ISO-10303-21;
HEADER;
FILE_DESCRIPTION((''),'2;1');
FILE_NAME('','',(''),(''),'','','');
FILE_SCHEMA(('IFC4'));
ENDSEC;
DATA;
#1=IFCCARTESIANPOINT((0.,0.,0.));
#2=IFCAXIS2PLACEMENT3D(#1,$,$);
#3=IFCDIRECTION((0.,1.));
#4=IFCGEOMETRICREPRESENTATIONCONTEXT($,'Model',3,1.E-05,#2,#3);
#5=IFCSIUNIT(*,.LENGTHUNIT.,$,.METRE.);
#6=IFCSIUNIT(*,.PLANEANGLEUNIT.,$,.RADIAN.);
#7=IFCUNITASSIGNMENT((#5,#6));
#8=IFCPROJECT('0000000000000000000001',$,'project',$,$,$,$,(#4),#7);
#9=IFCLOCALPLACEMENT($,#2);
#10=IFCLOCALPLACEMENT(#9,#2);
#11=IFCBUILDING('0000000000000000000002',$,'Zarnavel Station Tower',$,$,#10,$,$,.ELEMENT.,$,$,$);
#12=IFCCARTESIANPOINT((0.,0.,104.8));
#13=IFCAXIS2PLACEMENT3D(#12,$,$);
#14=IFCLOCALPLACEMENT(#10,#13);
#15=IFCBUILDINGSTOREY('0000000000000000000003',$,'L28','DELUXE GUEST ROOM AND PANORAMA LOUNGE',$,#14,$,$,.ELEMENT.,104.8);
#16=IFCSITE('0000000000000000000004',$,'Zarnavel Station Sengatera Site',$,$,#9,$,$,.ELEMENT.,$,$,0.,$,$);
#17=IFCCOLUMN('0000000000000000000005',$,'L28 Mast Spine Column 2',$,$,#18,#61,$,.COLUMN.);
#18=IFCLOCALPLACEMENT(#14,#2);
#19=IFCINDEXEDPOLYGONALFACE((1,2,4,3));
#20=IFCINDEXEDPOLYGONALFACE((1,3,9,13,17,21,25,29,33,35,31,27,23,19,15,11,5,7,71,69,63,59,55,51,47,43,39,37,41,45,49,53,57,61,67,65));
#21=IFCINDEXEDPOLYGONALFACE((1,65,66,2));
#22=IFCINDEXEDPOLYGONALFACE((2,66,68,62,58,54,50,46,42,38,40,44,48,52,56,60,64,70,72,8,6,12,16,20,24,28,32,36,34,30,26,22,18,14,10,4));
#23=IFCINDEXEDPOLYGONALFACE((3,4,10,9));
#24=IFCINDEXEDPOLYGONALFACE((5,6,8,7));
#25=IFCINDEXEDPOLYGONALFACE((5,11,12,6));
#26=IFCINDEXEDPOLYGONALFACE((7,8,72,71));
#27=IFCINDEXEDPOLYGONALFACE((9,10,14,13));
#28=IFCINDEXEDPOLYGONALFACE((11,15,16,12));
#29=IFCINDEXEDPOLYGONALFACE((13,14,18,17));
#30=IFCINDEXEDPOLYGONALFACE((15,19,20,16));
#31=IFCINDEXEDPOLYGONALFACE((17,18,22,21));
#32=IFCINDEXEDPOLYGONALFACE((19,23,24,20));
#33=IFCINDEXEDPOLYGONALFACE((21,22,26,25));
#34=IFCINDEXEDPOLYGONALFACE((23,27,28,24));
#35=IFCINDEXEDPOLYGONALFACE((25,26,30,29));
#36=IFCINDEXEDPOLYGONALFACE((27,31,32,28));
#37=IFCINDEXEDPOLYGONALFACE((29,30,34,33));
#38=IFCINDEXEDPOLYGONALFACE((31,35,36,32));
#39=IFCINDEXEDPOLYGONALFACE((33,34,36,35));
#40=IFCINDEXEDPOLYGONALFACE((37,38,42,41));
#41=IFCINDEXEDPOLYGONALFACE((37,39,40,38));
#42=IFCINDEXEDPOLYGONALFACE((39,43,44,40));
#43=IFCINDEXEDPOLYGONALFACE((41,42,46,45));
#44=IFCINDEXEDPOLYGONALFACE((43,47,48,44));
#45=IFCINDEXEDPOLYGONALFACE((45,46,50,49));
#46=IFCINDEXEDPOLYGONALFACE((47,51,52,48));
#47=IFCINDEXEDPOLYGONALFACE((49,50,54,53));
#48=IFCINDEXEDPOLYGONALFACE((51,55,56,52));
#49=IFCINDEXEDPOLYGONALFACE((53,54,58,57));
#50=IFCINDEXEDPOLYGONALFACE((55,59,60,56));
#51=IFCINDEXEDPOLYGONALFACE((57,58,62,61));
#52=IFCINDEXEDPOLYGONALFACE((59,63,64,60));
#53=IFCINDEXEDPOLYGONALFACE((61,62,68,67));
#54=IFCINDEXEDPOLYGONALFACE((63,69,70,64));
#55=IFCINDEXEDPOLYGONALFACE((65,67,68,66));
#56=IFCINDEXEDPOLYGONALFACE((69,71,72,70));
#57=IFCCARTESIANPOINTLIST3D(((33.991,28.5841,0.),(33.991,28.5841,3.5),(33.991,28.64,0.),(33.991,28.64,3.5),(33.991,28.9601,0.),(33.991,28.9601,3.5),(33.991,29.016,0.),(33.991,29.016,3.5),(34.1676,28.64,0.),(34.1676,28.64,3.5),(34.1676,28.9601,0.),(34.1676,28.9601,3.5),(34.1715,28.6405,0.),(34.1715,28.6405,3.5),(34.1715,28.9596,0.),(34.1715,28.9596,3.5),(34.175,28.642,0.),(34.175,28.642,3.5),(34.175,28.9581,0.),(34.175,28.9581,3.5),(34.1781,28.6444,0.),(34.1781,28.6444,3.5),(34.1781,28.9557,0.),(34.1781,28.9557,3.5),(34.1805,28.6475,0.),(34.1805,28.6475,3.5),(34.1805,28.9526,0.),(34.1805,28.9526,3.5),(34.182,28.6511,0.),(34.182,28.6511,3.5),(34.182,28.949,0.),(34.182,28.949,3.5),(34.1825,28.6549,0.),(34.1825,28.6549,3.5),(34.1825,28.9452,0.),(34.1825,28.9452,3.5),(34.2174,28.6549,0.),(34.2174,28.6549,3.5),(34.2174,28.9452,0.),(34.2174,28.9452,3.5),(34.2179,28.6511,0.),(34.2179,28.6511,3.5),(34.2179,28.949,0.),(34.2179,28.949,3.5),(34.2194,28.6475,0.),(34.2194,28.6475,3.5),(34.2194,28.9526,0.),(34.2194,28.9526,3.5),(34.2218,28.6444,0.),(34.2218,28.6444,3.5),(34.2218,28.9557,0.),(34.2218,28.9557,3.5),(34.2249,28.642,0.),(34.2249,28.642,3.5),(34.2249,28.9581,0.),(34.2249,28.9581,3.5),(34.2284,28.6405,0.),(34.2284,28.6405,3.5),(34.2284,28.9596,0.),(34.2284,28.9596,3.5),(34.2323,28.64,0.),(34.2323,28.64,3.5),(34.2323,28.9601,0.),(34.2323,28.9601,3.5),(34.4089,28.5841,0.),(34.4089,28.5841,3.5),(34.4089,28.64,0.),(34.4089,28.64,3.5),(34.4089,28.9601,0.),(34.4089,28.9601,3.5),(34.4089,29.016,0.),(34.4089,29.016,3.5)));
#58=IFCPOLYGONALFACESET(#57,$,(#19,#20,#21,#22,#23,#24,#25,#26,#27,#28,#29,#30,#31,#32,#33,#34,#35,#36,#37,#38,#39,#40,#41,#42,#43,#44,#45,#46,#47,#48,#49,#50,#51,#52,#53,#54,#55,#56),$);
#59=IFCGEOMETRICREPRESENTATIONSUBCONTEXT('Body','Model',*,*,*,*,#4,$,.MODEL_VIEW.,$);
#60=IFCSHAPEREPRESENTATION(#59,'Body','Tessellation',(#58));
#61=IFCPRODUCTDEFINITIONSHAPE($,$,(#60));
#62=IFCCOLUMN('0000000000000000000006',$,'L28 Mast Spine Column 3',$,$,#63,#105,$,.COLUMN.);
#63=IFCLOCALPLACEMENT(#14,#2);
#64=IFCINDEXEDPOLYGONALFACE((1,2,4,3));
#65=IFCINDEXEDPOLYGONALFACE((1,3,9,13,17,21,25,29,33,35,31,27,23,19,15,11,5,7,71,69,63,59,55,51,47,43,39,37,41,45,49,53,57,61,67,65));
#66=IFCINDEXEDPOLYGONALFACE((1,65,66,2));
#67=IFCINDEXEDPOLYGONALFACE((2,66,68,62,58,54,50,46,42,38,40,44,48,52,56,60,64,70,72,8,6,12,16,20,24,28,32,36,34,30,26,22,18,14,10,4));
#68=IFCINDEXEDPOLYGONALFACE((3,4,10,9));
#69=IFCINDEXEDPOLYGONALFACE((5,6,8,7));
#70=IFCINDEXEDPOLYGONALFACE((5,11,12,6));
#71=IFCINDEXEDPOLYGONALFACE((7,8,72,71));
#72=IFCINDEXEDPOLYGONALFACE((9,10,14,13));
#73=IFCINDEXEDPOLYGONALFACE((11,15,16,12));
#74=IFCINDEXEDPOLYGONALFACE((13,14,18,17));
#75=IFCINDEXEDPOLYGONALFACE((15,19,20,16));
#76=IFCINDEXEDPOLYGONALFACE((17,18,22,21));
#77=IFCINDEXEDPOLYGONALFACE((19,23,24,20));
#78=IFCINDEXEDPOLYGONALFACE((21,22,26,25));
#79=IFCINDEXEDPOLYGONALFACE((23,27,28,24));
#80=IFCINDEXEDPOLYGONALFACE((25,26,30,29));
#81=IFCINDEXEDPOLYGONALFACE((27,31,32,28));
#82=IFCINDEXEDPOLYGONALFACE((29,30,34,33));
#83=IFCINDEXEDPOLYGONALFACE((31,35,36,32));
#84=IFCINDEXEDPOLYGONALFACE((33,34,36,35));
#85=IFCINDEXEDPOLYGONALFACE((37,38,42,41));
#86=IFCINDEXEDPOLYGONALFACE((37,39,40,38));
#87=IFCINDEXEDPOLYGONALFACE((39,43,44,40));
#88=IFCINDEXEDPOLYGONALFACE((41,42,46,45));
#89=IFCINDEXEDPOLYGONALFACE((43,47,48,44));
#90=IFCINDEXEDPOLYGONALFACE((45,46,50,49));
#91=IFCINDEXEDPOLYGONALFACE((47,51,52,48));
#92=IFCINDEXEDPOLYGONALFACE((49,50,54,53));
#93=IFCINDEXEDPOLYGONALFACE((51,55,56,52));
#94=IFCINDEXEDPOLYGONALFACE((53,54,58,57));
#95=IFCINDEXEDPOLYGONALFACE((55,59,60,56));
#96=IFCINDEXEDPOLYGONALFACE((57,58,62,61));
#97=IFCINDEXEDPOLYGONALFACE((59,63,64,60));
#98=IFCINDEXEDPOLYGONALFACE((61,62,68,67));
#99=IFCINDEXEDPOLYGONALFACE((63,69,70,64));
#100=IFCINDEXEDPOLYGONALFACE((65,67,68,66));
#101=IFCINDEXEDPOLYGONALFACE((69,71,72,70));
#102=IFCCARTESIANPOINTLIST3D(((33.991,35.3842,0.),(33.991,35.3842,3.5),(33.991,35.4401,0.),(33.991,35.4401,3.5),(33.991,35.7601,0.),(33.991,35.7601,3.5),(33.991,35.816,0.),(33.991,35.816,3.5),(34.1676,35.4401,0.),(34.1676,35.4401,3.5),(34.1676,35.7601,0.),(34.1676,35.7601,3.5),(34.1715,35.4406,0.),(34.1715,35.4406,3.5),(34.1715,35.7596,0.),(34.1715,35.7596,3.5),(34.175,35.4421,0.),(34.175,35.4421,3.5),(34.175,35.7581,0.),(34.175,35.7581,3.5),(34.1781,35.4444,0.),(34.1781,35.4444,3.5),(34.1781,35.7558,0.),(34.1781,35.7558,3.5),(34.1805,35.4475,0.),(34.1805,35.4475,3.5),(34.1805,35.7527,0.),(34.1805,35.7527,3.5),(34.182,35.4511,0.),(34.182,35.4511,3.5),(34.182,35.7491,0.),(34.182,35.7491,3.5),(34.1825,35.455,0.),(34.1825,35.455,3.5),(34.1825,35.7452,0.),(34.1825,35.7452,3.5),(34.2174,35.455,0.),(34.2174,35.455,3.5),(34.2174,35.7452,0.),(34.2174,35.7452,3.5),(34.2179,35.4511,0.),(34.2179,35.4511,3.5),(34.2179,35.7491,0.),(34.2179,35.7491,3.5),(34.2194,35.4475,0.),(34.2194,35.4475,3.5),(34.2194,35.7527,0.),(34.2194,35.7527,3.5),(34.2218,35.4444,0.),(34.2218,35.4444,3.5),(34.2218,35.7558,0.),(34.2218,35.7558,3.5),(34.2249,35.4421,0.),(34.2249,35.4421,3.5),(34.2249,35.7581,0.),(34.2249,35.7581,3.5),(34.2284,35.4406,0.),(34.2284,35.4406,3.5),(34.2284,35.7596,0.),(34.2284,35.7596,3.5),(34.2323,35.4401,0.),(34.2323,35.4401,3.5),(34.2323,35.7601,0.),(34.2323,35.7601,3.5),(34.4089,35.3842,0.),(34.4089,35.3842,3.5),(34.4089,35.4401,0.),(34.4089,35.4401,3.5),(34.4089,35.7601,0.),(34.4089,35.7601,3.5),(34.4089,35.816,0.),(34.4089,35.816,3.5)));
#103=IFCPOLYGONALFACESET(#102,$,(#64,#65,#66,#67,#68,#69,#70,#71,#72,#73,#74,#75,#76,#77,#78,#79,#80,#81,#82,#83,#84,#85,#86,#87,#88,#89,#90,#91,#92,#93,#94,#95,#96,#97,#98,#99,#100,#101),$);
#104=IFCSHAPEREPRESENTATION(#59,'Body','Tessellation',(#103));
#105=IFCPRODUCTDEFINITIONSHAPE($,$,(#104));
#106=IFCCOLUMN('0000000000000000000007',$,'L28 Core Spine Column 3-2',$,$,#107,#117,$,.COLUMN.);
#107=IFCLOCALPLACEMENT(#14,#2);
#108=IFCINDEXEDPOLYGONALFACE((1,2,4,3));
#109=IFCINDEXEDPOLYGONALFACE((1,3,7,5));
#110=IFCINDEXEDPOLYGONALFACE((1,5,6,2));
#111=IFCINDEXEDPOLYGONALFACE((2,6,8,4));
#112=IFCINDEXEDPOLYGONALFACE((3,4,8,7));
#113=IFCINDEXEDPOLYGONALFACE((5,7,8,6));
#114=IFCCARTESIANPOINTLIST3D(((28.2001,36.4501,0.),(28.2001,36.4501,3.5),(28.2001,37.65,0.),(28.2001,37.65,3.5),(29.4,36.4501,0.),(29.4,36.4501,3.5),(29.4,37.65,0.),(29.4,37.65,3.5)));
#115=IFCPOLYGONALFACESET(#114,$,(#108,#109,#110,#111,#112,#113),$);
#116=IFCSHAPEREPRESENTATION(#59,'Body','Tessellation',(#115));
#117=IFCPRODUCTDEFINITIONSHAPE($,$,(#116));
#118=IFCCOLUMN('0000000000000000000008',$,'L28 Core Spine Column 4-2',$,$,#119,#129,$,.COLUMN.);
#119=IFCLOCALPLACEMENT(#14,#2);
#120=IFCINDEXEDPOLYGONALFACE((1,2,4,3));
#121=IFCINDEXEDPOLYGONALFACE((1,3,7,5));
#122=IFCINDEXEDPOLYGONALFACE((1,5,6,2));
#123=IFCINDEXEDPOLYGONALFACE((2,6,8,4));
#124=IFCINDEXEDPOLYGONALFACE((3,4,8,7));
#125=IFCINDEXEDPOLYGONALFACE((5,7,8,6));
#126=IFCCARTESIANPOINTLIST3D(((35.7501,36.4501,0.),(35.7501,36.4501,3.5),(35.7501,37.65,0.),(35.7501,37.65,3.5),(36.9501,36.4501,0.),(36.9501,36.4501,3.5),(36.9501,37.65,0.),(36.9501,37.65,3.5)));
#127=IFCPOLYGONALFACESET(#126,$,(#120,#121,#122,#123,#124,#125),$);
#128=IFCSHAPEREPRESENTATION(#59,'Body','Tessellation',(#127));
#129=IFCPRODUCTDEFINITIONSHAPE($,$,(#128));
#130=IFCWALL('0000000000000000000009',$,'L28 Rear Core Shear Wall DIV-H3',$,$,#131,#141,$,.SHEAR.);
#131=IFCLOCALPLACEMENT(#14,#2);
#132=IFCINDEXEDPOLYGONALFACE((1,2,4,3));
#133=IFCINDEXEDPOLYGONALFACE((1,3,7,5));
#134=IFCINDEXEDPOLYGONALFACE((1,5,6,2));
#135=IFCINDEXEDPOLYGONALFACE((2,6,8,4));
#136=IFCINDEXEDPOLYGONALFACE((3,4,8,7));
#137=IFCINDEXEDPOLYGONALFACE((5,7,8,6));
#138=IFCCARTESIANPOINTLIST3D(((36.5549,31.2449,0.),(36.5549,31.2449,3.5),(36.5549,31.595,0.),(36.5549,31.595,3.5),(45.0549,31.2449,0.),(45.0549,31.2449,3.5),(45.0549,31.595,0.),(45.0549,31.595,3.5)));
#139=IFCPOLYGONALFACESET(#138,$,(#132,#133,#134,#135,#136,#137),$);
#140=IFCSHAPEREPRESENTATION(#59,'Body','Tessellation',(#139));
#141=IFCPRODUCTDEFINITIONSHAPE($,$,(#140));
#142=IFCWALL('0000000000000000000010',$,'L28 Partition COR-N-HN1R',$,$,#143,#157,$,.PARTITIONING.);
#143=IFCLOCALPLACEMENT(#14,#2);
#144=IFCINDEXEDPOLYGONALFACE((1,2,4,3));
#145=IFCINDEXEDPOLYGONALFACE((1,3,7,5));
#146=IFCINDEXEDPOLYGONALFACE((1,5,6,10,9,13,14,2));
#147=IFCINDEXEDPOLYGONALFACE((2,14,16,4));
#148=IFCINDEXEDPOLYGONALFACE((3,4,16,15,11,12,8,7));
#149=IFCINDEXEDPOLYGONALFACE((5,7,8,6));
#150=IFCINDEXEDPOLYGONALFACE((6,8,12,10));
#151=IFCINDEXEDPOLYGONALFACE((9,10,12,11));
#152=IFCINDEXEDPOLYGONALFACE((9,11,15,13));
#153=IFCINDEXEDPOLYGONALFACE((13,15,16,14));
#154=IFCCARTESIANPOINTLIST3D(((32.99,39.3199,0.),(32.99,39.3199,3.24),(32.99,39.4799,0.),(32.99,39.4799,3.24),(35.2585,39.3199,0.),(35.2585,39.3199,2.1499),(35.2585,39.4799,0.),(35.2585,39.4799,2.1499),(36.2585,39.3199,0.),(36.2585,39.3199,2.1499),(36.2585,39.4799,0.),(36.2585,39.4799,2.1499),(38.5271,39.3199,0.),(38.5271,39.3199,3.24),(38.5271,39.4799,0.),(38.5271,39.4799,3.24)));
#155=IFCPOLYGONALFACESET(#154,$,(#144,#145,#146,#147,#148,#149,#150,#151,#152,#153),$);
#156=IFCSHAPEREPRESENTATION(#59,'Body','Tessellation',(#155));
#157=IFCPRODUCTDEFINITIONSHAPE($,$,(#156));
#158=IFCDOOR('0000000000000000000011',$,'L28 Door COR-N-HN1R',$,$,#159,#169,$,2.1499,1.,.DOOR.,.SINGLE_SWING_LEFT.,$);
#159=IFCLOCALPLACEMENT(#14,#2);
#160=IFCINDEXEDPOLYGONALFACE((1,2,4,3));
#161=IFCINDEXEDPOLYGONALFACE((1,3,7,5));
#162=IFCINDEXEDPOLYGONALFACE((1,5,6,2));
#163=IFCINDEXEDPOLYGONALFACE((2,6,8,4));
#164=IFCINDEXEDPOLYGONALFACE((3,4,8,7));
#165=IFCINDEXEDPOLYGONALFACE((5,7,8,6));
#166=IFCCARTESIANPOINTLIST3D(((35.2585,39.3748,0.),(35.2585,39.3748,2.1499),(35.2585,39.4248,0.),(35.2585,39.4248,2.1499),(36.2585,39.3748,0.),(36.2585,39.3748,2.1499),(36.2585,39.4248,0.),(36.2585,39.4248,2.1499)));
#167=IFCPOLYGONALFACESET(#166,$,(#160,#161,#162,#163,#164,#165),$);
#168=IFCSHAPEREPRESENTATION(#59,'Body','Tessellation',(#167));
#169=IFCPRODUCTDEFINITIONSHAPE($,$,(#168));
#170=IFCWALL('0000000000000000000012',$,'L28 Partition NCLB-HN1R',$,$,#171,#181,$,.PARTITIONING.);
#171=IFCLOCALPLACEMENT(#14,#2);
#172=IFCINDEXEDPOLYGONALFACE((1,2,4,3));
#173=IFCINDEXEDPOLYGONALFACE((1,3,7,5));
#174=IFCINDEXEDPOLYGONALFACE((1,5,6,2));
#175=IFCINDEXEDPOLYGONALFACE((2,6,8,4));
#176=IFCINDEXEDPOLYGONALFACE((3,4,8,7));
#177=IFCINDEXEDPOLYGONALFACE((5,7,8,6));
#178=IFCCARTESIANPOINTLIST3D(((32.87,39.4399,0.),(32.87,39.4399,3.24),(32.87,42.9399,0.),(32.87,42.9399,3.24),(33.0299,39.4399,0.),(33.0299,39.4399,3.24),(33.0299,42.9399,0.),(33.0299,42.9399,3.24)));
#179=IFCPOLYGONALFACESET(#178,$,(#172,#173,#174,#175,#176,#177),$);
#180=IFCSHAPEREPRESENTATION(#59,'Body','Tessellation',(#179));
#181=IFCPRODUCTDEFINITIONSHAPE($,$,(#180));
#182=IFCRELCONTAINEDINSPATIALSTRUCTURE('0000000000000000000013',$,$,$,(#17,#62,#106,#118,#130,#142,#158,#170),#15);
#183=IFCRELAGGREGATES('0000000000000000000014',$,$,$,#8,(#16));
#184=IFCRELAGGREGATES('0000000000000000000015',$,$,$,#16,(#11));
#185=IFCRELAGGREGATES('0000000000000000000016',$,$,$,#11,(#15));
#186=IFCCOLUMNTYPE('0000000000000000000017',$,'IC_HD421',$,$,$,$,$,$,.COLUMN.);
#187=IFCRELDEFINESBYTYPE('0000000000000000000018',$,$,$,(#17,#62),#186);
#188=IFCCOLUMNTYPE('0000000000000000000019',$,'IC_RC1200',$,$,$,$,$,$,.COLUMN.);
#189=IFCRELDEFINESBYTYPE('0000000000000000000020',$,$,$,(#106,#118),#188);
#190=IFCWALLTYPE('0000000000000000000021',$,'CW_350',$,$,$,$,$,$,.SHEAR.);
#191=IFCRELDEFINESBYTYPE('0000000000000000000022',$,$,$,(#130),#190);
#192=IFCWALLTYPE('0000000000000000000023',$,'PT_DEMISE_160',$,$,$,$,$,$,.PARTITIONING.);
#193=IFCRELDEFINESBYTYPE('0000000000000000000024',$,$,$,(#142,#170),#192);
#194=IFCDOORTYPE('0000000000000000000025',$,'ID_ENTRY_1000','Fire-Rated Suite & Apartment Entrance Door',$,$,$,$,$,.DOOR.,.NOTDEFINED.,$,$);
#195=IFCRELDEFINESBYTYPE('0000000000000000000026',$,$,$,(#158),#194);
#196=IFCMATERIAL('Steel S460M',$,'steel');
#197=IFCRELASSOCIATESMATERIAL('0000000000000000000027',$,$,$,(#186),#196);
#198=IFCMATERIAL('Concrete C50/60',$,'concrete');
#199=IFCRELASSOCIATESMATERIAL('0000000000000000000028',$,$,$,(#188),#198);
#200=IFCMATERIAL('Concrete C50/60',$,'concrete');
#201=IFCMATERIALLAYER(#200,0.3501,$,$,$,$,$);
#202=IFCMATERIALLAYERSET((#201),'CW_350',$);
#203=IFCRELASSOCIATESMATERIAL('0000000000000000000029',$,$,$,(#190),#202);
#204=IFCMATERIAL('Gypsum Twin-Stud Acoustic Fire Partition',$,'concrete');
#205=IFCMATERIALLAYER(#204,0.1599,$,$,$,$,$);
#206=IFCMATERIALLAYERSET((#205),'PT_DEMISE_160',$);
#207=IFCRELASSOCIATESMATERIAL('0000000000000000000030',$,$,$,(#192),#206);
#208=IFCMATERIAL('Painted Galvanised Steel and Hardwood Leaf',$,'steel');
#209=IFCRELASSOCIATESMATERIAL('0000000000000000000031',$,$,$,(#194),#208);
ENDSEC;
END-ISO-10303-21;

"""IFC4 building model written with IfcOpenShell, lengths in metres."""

from ifc_helpers import new_model, si_unit, direction, frame, frame_2d, origin, origin_2d, place, context, subcontext, project, spatial, rectangle, i_section, extrude, material, layer, layer_set, material_profile, profile_set, type_object, element, fill, save


model = new_model("IFC4")

# Units and contexts
model_context = context("Model", 3, precision=1e-05, world=origin(), true_north=direction((0.0, 1.0)))
body_context = subcontext(model_context, "Body", "Model", "MODEL_VIEW")
ifc_project = project(units=[si_unit("LENGTHUNIT", "METRE"), si_unit("PLANEANGLEUNIT", "RADIAN")], contexts=[model_context])

# Site, building, storey
site_placement = place(None, origin())
site = spatial("IfcSite", under=ifc_project, at=site_placement, Name="Zarnavel Station Sengatera Site", CompositionType="ELEMENT", RefElevation=0.0)
building_placement = place(site_placement, origin())
building = spatial("IfcBuilding", under=site, at=building_placement, Name="Zarnavel Station Tower", CompositionType="ELEMENT")
storey_placement = place(building_placement, frame((0.0, 0.0, 104.8)))
storey = spatial("IfcBuildingStorey", under=building, at=storey_placement, Name="L28", Description="DELUXE GUEST ROOM AND PANORAMA LOUNGE", CompositionType="ELEMENT", Elevation=104.8)

# Columns
ifc_material_1 = material(Name="Steel S460M", Category="steel")
ifc_material_profile_1 = material_profile(ifc_material_1, i_section(OverallWidth=0.418, OverallDepth=0.4319, WebThickness=0.0349, FlangeThickness=0.0559, FilletRadius=0.0149, at=origin_2d()), Name="HD400x421")
ifc_profile_set_1 = profile_set([ifc_material_profile_1], Name="Steel S460M")
column_type_1 = type_object("IfcColumnType", Name="IC_HD421", PredefinedType="COLUMN", material=ifc_profile_set_1)
for number, where, z_axis, x_axis, name in (
    (1, (34.2, 28.8, 0.0), (0.0, 0.0, 1.0), (1.0, 0.0, 0.0), "L28 Mast Spine Column 2"),
    (2, (34.2, 35.6001, 0.0), (0.0, 0.0, 1.0), (1.0, 0.0, 0.0), "L28 Mast Spine Column 3"),
):
    element("IfcColumn", number, at=place(storey_placement, frame(where, z_axis=z_axis, x_axis=x_axis)), inside=storey, type_object=column_type_1, Name=name, PredefinedType="COLUMN", context=body_context, shape_type="SweptSolid", body=[
        extrude(i_section(OverallWidth=0.418, OverallDepth=0.4319, WebThickness=0.0349, FlangeThickness=0.0559, FilletRadius=0.0149, at=origin_2d()), origin(), (0.0, 0.0, 1.0), 3.5),
    ])
ifc_material_2 = material(Name="Concrete C50/60", Category="concrete")
ifc_material_profile_2 = material_profile(ifc_material_2, rectangle(XDim=1.2, YDim=1.2, at=origin_2d()), Name="RC1200x1200")
ifc_profile_set_2 = profile_set([ifc_material_profile_2], Name="Concrete C50/60")
column_type_2 = type_object("IfcColumnType", Name="IC_RC1200", PredefinedType="COLUMN", material=ifc_profile_set_2)
for number, where, z_axis, x_axis, name in (
    (3, (28.8, 37.05, 0.0), (0.0, 0.0, 1.0), (1.0, 0.0, 0.0), "L28 Core Spine Column 3-2"),
    (4, (36.3501, 37.05, 0.0), (0.0, 0.0, 1.0), (1.0, 0.0, 0.0), "L28 Core Spine Column 4-2"),
):
    element("IfcColumn", number, at=place(storey_placement, frame(where, z_axis=z_axis, x_axis=x_axis)), inside=storey, type_object=column_type_2, Name=name, PredefinedType="COLUMN", context=body_context, shape_type="SweptSolid", body=[
        extrude(rectangle(XDim=1.2, YDim=1.2, at=origin_2d()), origin(), (0.0, 0.0, 1.0), 3.5),
    ])

# Shared definitions
ifc_material_3 = material(Name="Concrete C50/60", Category="concrete")
ifc_layer_1 = layer(ifc_material_3, 0.3501)
ifc_layer_set_1 = layer_set([ifc_layer_1], Name="CW_350")
wall_type_1 = type_object("IfcWallType", Name="CW_350", PredefinedType="SHEAR", material=ifc_layer_set_1)

# Wall
wall_1_placement = place(storey_placement, frame((36.5549, 31.4199, 0.0), z_axis=(0.0, 0.0, 1.0), x_axis=(1.0, 0.0, 0.0)))
element("IfcWall", 5, at=wall_1_placement, inside=storey, type_object=wall_type_1, Name="L28 Rear Core Shear Wall DIV-H3", PredefinedType="SHEAR", context=body_context, shape_type="SweptSolid", body=[
    extrude(rectangle(XDim=8.5, YDim=0.3501, at=frame_2d((4.25, 0.0))), origin(), (0.0, 0.0, 1.0), 3.5),
])

# Wall, opening, door
ifc_material_4 = material(Name="Gypsum Twin-Stud Acoustic Fire Partition", Category="concrete")
ifc_layer_2 = layer(ifc_material_4, 0.1599)
ifc_layer_set_2 = layer_set([ifc_layer_2], Name="PT_DEMISE_160")
wall_type_2 = type_object("IfcWallType", Name="PT_DEMISE_160", PredefinedType="PARTITIONING", material=ifc_layer_set_2)
wall_2_placement = place(storey_placement, frame((32.99, 39.3999, 0.0), z_axis=(0.0, 0.0, 1.0), x_axis=(1.0, 0.0, 0.0)))
wall_2 = element("IfcWall", 6, at=wall_2_placement, inside=storey, type_object=wall_type_2, Name="L28 Partition COR-N-HN1R", PredefinedType="PARTITIONING", context=body_context, shape_type="SweptSolid", body=[
    extrude(rectangle(XDim=5.5371, YDim=0.1599, at=frame_2d((2.7686, 0.0))), origin(), (0.0, 0.0, 1.0), 3.24),
])
opening_1_placement = place(wall_2_placement, frame((2.2686, 0.0, 0.0)))
opening_1 = element("IfcOpeningElement", 7, at=opening_1_placement, cuts=wall_2, PredefinedType="OPENING", context=body_context, shape_type="SweptSolid", body=[
    extrude(rectangle(XDim=1.0, YDim=2.1499, at=frame_2d((0.5, 1.075))), frame((0.0, 0.0898, 0.0), z_axis=(0.0, -1.0, 0.0), x_axis=(1.0, 0.0, 0.0)), (0.0, 0.0, 1.0), 0.1799),
])
ifc_material_5 = material(Name="Painted Galvanised Steel and Hardwood Leaf", Category="steel")
door_type_1 = type_object("IfcDoorType", Name="ID_ENTRY_1000", Description="Fire-Rated Suite & Apartment Entrance Door", OperationType="NOTDEFINED", PredefinedType="DOOR", material=ifc_material_5)
door_1_placement = place(opening_1_placement, origin())
door_1 = element("IfcDoor", 8, at=door_1_placement, inside=storey, type_object=door_type_1, Name="L28 Door COR-N-HN1R", OperationType="SINGLE_SWING_LEFT", OverallHeight=2.1499, OverallWidth=1.0, PredefinedType="DOOR", context=body_context, shape_type="SweptSolid", body=[
    extrude(rectangle(XDim=1.0, YDim=2.1499, at=frame_2d((0.5, 1.075))), frame((0.0, 0.0249, 0.0), z_axis=(0.0, -1.0, 0.0), x_axis=(1.0, 0.0, 0.0)), (0.0, 0.0, 1.0), 0.05),
])
fill(opening_1, door_1)

# Wall
wall_3_placement = place(storey_placement, frame((32.95, 39.4399, 0.0), z_axis=(0.0, 0.0, 1.0), x_axis=(0.0, 1.0, 0.0)))
element("IfcWall", 9, at=wall_3_placement, inside=storey, type_object=wall_type_2, Name="L28 Partition NCLB-HN1R", PredefinedType="PARTITIONING", context=body_context, shape_type="SweptSolid", body=[
    extrude(rectangle(XDim=3.5, YDim=0.1599, at=frame_2d((1.75, 0.0))), origin(), (0.0, 0.0, 1.0), 3.24),
])

save(model, "model.ifc")
